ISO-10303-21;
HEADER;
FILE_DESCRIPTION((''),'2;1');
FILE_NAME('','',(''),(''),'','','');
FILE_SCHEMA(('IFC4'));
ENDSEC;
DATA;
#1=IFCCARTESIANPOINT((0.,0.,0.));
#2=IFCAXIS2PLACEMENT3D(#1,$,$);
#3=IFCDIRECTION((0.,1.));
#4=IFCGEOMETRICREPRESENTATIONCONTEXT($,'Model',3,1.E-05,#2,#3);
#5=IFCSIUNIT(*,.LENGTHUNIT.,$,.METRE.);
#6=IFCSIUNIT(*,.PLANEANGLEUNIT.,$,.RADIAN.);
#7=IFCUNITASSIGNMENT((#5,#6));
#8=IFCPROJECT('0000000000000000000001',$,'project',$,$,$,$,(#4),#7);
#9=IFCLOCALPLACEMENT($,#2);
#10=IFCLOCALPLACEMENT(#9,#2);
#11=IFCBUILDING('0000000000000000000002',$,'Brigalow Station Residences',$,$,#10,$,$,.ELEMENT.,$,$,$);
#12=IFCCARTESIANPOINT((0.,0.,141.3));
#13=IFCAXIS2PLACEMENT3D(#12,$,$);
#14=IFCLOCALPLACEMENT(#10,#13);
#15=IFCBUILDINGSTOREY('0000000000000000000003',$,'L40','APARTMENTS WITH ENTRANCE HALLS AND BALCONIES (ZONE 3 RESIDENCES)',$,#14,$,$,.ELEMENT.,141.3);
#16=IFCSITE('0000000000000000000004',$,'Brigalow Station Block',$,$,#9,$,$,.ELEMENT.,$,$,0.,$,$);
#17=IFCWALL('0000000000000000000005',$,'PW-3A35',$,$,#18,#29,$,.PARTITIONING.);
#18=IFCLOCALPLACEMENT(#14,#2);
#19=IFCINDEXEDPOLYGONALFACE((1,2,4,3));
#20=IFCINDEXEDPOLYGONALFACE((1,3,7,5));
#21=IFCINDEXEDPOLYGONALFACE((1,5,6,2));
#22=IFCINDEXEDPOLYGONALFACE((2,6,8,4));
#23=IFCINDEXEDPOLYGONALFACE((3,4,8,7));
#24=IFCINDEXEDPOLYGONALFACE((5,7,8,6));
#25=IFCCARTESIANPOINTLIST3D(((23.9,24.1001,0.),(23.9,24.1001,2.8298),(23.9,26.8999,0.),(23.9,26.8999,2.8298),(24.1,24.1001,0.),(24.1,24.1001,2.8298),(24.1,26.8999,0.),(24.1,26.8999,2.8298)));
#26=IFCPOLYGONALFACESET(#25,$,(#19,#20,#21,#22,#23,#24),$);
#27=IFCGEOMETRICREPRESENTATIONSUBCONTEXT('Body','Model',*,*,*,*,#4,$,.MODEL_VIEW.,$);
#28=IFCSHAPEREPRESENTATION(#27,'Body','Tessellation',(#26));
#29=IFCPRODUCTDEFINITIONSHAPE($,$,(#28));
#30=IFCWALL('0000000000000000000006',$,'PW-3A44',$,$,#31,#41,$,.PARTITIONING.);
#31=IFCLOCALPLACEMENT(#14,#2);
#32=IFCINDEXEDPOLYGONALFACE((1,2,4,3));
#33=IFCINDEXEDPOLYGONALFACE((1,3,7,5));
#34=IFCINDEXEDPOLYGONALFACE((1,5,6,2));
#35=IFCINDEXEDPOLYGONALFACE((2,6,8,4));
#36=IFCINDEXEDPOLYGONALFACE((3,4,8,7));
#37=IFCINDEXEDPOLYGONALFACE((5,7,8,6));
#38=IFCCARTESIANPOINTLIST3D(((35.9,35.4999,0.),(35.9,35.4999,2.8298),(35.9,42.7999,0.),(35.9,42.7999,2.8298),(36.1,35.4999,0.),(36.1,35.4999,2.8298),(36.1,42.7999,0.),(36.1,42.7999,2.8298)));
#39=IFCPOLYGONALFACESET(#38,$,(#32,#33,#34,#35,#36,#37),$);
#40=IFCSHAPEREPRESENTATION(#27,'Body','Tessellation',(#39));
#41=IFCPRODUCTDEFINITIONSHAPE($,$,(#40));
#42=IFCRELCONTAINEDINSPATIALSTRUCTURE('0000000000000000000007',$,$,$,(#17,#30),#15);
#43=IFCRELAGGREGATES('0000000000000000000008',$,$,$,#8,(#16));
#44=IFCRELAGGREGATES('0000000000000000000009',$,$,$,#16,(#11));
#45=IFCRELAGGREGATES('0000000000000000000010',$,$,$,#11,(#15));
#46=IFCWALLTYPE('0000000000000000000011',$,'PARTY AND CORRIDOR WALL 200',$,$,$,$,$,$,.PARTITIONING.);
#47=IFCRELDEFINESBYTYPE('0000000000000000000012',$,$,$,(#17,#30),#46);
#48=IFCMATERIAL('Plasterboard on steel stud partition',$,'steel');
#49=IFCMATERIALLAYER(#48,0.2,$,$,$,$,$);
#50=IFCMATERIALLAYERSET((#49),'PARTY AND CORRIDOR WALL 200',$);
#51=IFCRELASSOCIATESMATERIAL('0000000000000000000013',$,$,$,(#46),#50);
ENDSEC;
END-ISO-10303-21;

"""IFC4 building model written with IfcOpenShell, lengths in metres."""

from ifc_helpers import new_model, si_unit, direction, frame, frame_2d, origin, place, context, subcontext, project, spatial, rectangle, extrude, material, layer, layer_set, type_object, element, save


model = new_model("IFC4")

# Units and contexts
model_context = context("Model", 3, precision=1e-05, world=origin(), true_north=direction((0.0, 1.0)))
body_context = subcontext(model_context, "Body", "Model", "MODEL_VIEW")
ifc_project = project(units=[si_unit("LENGTHUNIT", "METRE"), si_unit("PLANEANGLEUNIT", "RADIAN")], contexts=[model_context])

# Site, building, storey
site_placement = place(None, origin())
site = spatial("IfcSite", under=ifc_project, at=site_placement, Name="Brigalow Station Block", CompositionType="ELEMENT", RefElevation=0.0)
building_placement = place(site_placement, origin())
building = spatial("IfcBuilding", under=site, at=building_placement, Name="Brigalow Station Residences", CompositionType="ELEMENT")
storey_placement = place(building_placement, frame((0.0, 0.0, 141.3)))
storey = spatial("IfcBuildingStorey", under=building, at=storey_placement, Name="L40", Description="APARTMENTS WITH ENTRANCE HALLS AND BALCONIES (ZONE 3 RESIDENCES)", CompositionType="ELEMENT", Elevation=141.3)

# Walls
ifc_material_1 = material(Name="Plasterboard on steel stud partition", Category="steel")
ifc_layer_1 = layer(ifc_material_1, 0.2)
ifc_layer_set_1 = layer_set([ifc_layer_1], Name="PARTY AND CORRIDOR WALL 200")
wall_type_1 = type_object("IfcWallType", Name="PARTY AND CORRIDOR WALL 200", PredefinedType="PARTITIONING", material=ifc_layer_set_1)
wall_1_placement = place(storey_placement, frame((24.0, 24.1001, 0.0), z_axis=(0.0, 0.0, 1.0), x_axis=(0.0, 1.0, 0.0)))
element("IfcWall", 1, at=wall_1_placement, inside=storey, type_object=wall_type_1, Name="PW-3A35", PredefinedType="PARTITIONING", context=body_context, shape_type="SweptSolid", body=[
    extrude(rectangle(XDim=2.7998, YDim=0.2, at=frame_2d((1.3999, 0.0))), origin(), (0.0, 0.0, 1.0), 2.8298),
])
wall_2_placement = place(storey_placement, frame((36.0, 35.5, 0.0), z_axis=(0.0, 0.0, 1.0), x_axis=(0.0, 1.0, 0.0)))
element("IfcWall", 2, at=wall_2_placement, inside=storey, type_object=wall_type_1, Name="PW-3A44", PredefinedType="PARTITIONING", context=body_context, shape_type="SweptSolid", body=[
    extrude(rectangle(XDim=7.3, YDim=0.2, at=frame_2d((3.6499, 0.0))), origin(), (0.0, 0.0, 1.0), 2.8298),
])

save(model, "model.ifc")
